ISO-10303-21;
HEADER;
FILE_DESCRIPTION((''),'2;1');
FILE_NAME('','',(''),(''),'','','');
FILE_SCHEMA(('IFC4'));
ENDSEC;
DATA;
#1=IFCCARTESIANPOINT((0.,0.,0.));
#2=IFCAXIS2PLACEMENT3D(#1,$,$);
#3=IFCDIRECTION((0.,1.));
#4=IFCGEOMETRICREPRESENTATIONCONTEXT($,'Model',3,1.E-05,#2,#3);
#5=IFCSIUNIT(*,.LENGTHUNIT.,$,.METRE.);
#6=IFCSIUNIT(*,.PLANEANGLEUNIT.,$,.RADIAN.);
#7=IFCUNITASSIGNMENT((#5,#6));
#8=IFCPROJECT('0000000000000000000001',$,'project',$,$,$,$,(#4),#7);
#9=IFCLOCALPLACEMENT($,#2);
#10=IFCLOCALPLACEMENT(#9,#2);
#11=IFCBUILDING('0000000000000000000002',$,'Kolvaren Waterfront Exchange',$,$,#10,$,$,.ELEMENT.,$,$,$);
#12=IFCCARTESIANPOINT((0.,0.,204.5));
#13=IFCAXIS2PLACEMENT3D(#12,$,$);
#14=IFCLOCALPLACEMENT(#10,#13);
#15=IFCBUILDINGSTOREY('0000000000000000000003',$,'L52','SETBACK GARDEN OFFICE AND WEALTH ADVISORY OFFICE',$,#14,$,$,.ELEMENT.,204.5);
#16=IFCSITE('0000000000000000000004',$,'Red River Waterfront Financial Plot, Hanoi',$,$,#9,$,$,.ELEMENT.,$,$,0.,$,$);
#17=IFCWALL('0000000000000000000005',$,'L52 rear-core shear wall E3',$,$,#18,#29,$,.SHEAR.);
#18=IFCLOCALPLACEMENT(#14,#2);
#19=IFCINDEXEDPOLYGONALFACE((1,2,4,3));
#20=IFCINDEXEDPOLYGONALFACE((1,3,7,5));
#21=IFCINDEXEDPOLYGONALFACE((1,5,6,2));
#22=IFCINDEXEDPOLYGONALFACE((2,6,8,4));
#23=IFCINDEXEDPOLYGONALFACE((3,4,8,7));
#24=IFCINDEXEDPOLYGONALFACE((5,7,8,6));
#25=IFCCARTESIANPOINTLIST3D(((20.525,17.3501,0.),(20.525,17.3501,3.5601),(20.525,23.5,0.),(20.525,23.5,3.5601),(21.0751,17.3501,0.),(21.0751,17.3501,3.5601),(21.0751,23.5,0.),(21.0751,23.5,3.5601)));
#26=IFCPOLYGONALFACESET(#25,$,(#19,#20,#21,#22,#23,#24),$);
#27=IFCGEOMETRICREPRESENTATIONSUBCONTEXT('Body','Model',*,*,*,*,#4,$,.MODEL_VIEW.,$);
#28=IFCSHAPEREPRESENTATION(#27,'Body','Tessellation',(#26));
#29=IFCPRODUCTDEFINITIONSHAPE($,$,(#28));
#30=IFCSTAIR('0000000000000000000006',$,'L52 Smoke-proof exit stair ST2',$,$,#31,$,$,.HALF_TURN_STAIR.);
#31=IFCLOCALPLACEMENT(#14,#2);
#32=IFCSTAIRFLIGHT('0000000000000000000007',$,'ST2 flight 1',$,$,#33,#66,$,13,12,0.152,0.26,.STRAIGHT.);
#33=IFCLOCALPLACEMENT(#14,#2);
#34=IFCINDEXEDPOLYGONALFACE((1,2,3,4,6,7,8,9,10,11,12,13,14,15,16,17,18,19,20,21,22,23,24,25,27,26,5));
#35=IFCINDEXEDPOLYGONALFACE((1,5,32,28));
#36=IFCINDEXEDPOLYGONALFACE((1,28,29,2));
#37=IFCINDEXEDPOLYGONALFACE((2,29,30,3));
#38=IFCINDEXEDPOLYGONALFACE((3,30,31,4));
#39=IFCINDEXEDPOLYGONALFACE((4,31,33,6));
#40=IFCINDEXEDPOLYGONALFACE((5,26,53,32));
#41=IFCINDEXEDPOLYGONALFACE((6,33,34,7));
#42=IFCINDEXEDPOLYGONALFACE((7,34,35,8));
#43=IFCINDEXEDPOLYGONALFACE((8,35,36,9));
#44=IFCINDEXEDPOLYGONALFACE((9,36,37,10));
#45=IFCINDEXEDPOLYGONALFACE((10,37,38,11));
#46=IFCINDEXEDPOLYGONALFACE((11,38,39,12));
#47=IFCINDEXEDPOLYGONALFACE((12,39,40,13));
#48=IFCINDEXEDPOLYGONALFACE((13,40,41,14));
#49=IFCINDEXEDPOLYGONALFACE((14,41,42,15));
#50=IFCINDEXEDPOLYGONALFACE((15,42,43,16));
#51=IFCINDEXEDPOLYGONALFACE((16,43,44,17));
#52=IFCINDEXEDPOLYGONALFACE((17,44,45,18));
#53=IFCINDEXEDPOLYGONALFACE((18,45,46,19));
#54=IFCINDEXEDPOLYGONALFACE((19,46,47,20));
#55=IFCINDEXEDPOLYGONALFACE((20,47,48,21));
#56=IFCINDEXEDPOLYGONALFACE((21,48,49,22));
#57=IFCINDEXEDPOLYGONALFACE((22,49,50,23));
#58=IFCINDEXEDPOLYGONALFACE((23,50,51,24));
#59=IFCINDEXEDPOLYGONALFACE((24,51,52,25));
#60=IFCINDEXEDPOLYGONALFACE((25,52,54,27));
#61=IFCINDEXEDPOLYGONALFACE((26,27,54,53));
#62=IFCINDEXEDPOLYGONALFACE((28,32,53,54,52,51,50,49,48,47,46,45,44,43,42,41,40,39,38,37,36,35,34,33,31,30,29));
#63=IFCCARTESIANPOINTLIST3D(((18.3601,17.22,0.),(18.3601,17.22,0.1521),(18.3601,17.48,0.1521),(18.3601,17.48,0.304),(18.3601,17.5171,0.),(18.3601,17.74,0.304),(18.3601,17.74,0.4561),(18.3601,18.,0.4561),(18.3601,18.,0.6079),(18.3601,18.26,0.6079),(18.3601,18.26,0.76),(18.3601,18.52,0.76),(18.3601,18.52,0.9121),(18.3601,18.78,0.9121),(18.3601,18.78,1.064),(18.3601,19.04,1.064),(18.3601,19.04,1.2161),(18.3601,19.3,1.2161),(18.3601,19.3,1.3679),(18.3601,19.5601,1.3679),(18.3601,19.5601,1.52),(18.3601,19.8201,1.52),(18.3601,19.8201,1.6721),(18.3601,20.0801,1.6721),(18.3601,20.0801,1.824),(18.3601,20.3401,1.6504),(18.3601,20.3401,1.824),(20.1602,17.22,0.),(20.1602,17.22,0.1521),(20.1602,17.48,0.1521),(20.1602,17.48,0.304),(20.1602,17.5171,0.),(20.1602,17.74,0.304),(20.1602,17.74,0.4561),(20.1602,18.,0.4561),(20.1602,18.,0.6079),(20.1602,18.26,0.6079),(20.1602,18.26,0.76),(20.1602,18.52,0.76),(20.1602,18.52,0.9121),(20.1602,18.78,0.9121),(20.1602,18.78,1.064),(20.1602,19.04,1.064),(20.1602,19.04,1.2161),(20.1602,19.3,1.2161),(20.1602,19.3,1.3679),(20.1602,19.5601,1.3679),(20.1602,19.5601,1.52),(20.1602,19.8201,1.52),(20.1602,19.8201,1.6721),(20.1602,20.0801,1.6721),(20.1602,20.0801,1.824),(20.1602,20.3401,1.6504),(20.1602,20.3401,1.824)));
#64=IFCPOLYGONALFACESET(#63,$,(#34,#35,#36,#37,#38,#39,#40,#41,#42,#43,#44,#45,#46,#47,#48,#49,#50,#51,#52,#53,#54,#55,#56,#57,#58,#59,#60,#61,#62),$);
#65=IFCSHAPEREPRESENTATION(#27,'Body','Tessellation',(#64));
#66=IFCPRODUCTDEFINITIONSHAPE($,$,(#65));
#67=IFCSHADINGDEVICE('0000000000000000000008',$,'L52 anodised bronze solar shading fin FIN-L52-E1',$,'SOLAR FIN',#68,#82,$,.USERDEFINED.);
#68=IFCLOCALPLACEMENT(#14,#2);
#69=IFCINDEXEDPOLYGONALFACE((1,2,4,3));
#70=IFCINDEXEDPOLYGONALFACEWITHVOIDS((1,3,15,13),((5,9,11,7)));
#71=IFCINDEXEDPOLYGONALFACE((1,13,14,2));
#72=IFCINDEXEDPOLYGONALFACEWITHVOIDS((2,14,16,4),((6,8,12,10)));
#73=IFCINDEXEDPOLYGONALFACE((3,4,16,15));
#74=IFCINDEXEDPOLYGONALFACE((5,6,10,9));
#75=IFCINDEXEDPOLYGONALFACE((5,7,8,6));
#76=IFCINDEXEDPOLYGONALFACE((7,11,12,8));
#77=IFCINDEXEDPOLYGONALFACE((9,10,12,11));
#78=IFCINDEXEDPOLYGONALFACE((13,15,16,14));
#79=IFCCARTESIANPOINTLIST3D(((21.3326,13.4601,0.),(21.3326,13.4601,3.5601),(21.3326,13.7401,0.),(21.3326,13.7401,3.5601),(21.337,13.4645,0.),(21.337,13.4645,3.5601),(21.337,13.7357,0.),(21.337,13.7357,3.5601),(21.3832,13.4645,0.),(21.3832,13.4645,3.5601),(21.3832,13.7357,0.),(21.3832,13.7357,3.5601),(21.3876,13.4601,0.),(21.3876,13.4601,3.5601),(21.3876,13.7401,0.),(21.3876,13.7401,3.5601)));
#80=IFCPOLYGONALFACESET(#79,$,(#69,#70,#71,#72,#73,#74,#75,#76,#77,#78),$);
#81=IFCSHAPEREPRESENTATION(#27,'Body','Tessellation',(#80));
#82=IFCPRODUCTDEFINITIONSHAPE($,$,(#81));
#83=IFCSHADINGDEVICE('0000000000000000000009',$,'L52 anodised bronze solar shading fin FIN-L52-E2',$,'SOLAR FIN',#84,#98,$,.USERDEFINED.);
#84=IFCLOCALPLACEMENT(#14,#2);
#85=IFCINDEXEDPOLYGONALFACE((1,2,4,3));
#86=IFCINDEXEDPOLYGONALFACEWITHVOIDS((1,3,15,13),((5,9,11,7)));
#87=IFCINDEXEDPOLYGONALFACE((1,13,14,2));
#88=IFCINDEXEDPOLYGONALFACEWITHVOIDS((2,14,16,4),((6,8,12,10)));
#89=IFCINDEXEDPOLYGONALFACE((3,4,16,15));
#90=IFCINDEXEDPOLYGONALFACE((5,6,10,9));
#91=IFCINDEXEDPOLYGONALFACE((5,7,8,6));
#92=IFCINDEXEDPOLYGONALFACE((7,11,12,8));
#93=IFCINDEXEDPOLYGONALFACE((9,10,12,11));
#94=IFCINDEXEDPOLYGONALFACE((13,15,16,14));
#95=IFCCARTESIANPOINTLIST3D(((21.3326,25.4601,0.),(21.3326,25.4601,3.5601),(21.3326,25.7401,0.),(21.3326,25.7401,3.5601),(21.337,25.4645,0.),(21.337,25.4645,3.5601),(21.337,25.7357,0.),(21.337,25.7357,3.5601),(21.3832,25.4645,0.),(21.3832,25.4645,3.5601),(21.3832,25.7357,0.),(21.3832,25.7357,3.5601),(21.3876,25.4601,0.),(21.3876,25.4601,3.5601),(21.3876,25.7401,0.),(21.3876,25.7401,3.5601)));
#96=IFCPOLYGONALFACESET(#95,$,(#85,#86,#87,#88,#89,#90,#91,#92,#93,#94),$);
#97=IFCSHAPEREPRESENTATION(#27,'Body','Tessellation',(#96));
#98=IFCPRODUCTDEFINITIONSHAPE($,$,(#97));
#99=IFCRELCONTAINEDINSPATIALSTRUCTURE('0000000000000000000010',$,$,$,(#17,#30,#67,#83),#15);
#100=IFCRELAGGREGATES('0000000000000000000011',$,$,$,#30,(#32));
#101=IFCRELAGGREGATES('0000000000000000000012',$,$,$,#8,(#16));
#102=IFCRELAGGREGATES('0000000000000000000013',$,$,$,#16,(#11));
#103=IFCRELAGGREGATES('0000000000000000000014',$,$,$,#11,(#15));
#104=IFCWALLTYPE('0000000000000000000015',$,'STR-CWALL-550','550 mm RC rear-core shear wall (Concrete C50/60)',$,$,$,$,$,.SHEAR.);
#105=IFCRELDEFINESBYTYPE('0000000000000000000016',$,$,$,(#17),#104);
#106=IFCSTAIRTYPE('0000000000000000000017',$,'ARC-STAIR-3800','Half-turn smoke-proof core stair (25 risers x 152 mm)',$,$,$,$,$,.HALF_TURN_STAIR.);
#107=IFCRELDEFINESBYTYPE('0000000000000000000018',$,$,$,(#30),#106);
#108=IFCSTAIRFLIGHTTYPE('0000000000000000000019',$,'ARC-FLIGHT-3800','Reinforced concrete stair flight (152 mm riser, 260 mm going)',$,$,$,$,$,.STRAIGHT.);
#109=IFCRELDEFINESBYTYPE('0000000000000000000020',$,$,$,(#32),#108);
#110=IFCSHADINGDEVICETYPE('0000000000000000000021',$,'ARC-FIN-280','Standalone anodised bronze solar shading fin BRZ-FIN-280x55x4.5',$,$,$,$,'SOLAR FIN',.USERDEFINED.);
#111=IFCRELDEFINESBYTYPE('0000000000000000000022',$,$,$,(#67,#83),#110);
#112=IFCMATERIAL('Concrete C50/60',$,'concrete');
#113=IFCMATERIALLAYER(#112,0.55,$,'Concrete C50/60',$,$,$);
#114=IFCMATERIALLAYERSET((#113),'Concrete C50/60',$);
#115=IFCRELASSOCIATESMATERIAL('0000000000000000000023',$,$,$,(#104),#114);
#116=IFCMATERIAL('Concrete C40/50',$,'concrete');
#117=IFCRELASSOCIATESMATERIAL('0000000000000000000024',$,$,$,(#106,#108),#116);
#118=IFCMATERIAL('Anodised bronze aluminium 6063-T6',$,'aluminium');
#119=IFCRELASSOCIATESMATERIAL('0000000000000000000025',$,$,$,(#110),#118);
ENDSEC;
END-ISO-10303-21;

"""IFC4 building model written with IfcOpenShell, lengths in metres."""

from ifc_helpers import new_model, si_unit, direction, frame, frame_2d, origin, origin_2d, place, context, subcontext, project, spatial, polyline, rectangle, hollow_rectangle, outline, extrude, material, layer, layer_set, material_profile, profile_set, type_object, element, aggregate, save


model = new_model("IFC4")

# Units and contexts
model_context = context("Model", 3, precision=1e-05, world=origin(), true_north=direction((0.0, 1.0)))
body_context = subcontext(model_context, "Body", "Model", "MODEL_VIEW")
ifc_project = project(units=[si_unit("LENGTHUNIT", "METRE"), si_unit("PLANEANGLEUNIT", "RADIAN")], contexts=[model_context])

# Site, building, storey
site_placement = place(None, origin())
site = spatial("IfcSite", under=ifc_project, at=site_placement, Name="Red River Waterfront Financial Plot, Hanoi", CompositionType="ELEMENT", RefElevation=0.0)
building_placement = place(site_placement, origin())
building = spatial("IfcBuilding", under=site, at=building_placement, Name="Kolvaren Waterfront Exchange", CompositionType="ELEMENT")
storey_placement = place(building_placement, frame((0.0, 0.0, 204.5)))
storey = spatial("IfcBuildingStorey", under=building, at=storey_placement, Name="L52", Description="SETBACK GARDEN OFFICE AND WEALTH ADVISORY OFFICE", CompositionType="ELEMENT", Elevation=204.5)

# Shared definitions
ifc_material_1 = material(Name="Concrete C50/60", Category="concrete")

# Shared definitions
ifc_material_2 = material(Name="Anodised bronze aluminium 6063-T6", Category="aluminium")

# Wall
ifc_material_3 = material(Name="Concrete C40/50", Category="concrete")
ifc_layer_1 = layer(ifc_material_1, 0.55, Name="Concrete C50/60")
ifc_layer_set_1 = layer_set([ifc_layer_1], Name="Concrete C50/60")
wall_type_1 = type_object("IfcWallType", Name="STR-CWALL-550", Description="550 mm RC rear-core shear wall (Concrete C50/60)", PredefinedType="SHEAR", material=ifc_layer_set_1)
wall_1_placement = place(storey_placement, frame((20.8, 17.3501, 0.0), z_axis=(0.0, 0.0, 1.0), x_axis=(0.0, 1.0, 0.0)))
element("IfcWall", 1, at=wall_1_placement, inside=storey, type_object=wall_type_1, Name="L52 rear-core shear wall E3", PredefinedType="SHEAR", context=body_context, shape_type="SweptSolid", body=[
    extrude(rectangle(XDim=6.1499, YDim=0.55, at=frame_2d((3.075, 0.0))), origin(), (0.0, 0.0, 1.0), 3.5601),
])

# Stair, stair flight
stair_type = type_object("IfcStairType", Name="ARC-STAIR-3800", Description="Half-turn smoke-proof core stair (25 risers x 152 mm)", PredefinedType="HALF_TURN_STAIR", material=ifc_material_3)
stair_placement = place(storey_placement, origin())
stair = element("IfcStair", 2, at=stair_placement, inside=storey, type_object=stair_type, Name="L52 Smoke-proof exit stair ST2", PredefinedType="HALF_TURN_STAIR")
stair_flight_type = type_object("IfcStairFlightType", Name="ARC-FLIGHT-3800", Description="Reinforced concrete stair flight (152 mm riser, 260 mm going)", PredefinedType="STRAIGHT", material=ifc_material_3)
stair_flight_placement = place(storey_placement, frame((19.26, 17.22, 0.0), z_axis=(0.0, 0.0, 1.0), x_axis=(0.0, 1.0, 0.0)))
stair_flight = element("IfcStairFlight", 3, at=stair_flight_placement, type_object=stair_flight_type, Name="ST2 flight 1", NumberOfRisers=13, NumberOfTreads=12, PredefinedType="STRAIGHT", RiserHeight=0.152, TreadLength=0.26, context=body_context, shape_type="SweptSolid", body=[
    extrude(outline(polyline([(0.0, 0.0), (0.0, 0.1521), (0.26, 0.1521), (0.26, 0.304), (0.52, 0.304), (0.52, 0.4561), (0.78, 0.4561), (0.78, 0.6079), (1.04, 0.6079), (1.04, 0.76), (1.3, 0.76), (1.3, 0.9121), (1.5601, 0.9121), (1.5601, 1.064), (1.8201, 1.064), (1.8201, 1.2161), (2.0801, 1.2161), (2.0801, 1.3679), (2.3401, 1.3679), (2.3401, 1.52), (2.6001, 1.52), (2.6001, 1.6721), (2.8601, 1.6721), (2.8601, 1.824), (3.1201, 1.824), (3.1201, 1.9761), (3.1201, 1.6504), (0.2971, 0.0), (0.0, 0.0)])), frame((0.0, 0.8999, 0.0), z_axis=(0.0, -1.0, 0.0), x_axis=(1.0, 0.0, 0.0)), (0.0, 0.0, 1.0), 1.8),
])
aggregate(stair, [stair_flight])

# Shading devices
ifc_material_profile_1 = material_profile(ifc_material_2, hollow_rectangle(XDim=0.0549, YDim=0.28, WallThickness=0.0044, at=origin_2d()), Name="BRZ-FIN-280x55x4.5")
ifc_profile_set_1 = profile_set([ifc_material_profile_1], Name="Anodised bronze aluminium 6063-T6")
shading_device_type = type_object("IfcShadingDeviceType", Name="ARC-FIN-280", Description="Standalone anodised bronze solar shading fin BRZ-FIN-280x55x4.5", ElementType="SOLAR FIN", PredefinedType="USERDEFINED", material=ifc_profile_set_1)
for number, where, z_axis, x_axis, name in (
    (4, (21.3601, 13.6001, 0.0), (0.0, 0.0, 1.0), (1.0, 0.0, 0.0), "L52 anodised bronze solar shading fin FIN-L52-E1"),
    (5, (21.3601, 25.6001, 0.0), (0.0, 0.0, 1.0), (1.0, 0.0, 0.0), "L52 anodised bronze solar shading fin FIN-L52-E2"),
):
    element("IfcShadingDevice", number, at=place(storey_placement, frame(where, z_axis=z_axis, x_axis=x_axis)), inside=storey, type_object=shading_device_type, Name=name, ObjectType="SOLAR FIN", PredefinedType="USERDEFINED", context=body_context, shape_type="SweptSolid", body=[
        extrude(hollow_rectangle(XDim=0.0549, YDim=0.28, WallThickness=0.0044, at=origin_2d()), origin(), (0.0, 0.0, 1.0), 3.5601),
    ])

save(model, "model.ifc")
